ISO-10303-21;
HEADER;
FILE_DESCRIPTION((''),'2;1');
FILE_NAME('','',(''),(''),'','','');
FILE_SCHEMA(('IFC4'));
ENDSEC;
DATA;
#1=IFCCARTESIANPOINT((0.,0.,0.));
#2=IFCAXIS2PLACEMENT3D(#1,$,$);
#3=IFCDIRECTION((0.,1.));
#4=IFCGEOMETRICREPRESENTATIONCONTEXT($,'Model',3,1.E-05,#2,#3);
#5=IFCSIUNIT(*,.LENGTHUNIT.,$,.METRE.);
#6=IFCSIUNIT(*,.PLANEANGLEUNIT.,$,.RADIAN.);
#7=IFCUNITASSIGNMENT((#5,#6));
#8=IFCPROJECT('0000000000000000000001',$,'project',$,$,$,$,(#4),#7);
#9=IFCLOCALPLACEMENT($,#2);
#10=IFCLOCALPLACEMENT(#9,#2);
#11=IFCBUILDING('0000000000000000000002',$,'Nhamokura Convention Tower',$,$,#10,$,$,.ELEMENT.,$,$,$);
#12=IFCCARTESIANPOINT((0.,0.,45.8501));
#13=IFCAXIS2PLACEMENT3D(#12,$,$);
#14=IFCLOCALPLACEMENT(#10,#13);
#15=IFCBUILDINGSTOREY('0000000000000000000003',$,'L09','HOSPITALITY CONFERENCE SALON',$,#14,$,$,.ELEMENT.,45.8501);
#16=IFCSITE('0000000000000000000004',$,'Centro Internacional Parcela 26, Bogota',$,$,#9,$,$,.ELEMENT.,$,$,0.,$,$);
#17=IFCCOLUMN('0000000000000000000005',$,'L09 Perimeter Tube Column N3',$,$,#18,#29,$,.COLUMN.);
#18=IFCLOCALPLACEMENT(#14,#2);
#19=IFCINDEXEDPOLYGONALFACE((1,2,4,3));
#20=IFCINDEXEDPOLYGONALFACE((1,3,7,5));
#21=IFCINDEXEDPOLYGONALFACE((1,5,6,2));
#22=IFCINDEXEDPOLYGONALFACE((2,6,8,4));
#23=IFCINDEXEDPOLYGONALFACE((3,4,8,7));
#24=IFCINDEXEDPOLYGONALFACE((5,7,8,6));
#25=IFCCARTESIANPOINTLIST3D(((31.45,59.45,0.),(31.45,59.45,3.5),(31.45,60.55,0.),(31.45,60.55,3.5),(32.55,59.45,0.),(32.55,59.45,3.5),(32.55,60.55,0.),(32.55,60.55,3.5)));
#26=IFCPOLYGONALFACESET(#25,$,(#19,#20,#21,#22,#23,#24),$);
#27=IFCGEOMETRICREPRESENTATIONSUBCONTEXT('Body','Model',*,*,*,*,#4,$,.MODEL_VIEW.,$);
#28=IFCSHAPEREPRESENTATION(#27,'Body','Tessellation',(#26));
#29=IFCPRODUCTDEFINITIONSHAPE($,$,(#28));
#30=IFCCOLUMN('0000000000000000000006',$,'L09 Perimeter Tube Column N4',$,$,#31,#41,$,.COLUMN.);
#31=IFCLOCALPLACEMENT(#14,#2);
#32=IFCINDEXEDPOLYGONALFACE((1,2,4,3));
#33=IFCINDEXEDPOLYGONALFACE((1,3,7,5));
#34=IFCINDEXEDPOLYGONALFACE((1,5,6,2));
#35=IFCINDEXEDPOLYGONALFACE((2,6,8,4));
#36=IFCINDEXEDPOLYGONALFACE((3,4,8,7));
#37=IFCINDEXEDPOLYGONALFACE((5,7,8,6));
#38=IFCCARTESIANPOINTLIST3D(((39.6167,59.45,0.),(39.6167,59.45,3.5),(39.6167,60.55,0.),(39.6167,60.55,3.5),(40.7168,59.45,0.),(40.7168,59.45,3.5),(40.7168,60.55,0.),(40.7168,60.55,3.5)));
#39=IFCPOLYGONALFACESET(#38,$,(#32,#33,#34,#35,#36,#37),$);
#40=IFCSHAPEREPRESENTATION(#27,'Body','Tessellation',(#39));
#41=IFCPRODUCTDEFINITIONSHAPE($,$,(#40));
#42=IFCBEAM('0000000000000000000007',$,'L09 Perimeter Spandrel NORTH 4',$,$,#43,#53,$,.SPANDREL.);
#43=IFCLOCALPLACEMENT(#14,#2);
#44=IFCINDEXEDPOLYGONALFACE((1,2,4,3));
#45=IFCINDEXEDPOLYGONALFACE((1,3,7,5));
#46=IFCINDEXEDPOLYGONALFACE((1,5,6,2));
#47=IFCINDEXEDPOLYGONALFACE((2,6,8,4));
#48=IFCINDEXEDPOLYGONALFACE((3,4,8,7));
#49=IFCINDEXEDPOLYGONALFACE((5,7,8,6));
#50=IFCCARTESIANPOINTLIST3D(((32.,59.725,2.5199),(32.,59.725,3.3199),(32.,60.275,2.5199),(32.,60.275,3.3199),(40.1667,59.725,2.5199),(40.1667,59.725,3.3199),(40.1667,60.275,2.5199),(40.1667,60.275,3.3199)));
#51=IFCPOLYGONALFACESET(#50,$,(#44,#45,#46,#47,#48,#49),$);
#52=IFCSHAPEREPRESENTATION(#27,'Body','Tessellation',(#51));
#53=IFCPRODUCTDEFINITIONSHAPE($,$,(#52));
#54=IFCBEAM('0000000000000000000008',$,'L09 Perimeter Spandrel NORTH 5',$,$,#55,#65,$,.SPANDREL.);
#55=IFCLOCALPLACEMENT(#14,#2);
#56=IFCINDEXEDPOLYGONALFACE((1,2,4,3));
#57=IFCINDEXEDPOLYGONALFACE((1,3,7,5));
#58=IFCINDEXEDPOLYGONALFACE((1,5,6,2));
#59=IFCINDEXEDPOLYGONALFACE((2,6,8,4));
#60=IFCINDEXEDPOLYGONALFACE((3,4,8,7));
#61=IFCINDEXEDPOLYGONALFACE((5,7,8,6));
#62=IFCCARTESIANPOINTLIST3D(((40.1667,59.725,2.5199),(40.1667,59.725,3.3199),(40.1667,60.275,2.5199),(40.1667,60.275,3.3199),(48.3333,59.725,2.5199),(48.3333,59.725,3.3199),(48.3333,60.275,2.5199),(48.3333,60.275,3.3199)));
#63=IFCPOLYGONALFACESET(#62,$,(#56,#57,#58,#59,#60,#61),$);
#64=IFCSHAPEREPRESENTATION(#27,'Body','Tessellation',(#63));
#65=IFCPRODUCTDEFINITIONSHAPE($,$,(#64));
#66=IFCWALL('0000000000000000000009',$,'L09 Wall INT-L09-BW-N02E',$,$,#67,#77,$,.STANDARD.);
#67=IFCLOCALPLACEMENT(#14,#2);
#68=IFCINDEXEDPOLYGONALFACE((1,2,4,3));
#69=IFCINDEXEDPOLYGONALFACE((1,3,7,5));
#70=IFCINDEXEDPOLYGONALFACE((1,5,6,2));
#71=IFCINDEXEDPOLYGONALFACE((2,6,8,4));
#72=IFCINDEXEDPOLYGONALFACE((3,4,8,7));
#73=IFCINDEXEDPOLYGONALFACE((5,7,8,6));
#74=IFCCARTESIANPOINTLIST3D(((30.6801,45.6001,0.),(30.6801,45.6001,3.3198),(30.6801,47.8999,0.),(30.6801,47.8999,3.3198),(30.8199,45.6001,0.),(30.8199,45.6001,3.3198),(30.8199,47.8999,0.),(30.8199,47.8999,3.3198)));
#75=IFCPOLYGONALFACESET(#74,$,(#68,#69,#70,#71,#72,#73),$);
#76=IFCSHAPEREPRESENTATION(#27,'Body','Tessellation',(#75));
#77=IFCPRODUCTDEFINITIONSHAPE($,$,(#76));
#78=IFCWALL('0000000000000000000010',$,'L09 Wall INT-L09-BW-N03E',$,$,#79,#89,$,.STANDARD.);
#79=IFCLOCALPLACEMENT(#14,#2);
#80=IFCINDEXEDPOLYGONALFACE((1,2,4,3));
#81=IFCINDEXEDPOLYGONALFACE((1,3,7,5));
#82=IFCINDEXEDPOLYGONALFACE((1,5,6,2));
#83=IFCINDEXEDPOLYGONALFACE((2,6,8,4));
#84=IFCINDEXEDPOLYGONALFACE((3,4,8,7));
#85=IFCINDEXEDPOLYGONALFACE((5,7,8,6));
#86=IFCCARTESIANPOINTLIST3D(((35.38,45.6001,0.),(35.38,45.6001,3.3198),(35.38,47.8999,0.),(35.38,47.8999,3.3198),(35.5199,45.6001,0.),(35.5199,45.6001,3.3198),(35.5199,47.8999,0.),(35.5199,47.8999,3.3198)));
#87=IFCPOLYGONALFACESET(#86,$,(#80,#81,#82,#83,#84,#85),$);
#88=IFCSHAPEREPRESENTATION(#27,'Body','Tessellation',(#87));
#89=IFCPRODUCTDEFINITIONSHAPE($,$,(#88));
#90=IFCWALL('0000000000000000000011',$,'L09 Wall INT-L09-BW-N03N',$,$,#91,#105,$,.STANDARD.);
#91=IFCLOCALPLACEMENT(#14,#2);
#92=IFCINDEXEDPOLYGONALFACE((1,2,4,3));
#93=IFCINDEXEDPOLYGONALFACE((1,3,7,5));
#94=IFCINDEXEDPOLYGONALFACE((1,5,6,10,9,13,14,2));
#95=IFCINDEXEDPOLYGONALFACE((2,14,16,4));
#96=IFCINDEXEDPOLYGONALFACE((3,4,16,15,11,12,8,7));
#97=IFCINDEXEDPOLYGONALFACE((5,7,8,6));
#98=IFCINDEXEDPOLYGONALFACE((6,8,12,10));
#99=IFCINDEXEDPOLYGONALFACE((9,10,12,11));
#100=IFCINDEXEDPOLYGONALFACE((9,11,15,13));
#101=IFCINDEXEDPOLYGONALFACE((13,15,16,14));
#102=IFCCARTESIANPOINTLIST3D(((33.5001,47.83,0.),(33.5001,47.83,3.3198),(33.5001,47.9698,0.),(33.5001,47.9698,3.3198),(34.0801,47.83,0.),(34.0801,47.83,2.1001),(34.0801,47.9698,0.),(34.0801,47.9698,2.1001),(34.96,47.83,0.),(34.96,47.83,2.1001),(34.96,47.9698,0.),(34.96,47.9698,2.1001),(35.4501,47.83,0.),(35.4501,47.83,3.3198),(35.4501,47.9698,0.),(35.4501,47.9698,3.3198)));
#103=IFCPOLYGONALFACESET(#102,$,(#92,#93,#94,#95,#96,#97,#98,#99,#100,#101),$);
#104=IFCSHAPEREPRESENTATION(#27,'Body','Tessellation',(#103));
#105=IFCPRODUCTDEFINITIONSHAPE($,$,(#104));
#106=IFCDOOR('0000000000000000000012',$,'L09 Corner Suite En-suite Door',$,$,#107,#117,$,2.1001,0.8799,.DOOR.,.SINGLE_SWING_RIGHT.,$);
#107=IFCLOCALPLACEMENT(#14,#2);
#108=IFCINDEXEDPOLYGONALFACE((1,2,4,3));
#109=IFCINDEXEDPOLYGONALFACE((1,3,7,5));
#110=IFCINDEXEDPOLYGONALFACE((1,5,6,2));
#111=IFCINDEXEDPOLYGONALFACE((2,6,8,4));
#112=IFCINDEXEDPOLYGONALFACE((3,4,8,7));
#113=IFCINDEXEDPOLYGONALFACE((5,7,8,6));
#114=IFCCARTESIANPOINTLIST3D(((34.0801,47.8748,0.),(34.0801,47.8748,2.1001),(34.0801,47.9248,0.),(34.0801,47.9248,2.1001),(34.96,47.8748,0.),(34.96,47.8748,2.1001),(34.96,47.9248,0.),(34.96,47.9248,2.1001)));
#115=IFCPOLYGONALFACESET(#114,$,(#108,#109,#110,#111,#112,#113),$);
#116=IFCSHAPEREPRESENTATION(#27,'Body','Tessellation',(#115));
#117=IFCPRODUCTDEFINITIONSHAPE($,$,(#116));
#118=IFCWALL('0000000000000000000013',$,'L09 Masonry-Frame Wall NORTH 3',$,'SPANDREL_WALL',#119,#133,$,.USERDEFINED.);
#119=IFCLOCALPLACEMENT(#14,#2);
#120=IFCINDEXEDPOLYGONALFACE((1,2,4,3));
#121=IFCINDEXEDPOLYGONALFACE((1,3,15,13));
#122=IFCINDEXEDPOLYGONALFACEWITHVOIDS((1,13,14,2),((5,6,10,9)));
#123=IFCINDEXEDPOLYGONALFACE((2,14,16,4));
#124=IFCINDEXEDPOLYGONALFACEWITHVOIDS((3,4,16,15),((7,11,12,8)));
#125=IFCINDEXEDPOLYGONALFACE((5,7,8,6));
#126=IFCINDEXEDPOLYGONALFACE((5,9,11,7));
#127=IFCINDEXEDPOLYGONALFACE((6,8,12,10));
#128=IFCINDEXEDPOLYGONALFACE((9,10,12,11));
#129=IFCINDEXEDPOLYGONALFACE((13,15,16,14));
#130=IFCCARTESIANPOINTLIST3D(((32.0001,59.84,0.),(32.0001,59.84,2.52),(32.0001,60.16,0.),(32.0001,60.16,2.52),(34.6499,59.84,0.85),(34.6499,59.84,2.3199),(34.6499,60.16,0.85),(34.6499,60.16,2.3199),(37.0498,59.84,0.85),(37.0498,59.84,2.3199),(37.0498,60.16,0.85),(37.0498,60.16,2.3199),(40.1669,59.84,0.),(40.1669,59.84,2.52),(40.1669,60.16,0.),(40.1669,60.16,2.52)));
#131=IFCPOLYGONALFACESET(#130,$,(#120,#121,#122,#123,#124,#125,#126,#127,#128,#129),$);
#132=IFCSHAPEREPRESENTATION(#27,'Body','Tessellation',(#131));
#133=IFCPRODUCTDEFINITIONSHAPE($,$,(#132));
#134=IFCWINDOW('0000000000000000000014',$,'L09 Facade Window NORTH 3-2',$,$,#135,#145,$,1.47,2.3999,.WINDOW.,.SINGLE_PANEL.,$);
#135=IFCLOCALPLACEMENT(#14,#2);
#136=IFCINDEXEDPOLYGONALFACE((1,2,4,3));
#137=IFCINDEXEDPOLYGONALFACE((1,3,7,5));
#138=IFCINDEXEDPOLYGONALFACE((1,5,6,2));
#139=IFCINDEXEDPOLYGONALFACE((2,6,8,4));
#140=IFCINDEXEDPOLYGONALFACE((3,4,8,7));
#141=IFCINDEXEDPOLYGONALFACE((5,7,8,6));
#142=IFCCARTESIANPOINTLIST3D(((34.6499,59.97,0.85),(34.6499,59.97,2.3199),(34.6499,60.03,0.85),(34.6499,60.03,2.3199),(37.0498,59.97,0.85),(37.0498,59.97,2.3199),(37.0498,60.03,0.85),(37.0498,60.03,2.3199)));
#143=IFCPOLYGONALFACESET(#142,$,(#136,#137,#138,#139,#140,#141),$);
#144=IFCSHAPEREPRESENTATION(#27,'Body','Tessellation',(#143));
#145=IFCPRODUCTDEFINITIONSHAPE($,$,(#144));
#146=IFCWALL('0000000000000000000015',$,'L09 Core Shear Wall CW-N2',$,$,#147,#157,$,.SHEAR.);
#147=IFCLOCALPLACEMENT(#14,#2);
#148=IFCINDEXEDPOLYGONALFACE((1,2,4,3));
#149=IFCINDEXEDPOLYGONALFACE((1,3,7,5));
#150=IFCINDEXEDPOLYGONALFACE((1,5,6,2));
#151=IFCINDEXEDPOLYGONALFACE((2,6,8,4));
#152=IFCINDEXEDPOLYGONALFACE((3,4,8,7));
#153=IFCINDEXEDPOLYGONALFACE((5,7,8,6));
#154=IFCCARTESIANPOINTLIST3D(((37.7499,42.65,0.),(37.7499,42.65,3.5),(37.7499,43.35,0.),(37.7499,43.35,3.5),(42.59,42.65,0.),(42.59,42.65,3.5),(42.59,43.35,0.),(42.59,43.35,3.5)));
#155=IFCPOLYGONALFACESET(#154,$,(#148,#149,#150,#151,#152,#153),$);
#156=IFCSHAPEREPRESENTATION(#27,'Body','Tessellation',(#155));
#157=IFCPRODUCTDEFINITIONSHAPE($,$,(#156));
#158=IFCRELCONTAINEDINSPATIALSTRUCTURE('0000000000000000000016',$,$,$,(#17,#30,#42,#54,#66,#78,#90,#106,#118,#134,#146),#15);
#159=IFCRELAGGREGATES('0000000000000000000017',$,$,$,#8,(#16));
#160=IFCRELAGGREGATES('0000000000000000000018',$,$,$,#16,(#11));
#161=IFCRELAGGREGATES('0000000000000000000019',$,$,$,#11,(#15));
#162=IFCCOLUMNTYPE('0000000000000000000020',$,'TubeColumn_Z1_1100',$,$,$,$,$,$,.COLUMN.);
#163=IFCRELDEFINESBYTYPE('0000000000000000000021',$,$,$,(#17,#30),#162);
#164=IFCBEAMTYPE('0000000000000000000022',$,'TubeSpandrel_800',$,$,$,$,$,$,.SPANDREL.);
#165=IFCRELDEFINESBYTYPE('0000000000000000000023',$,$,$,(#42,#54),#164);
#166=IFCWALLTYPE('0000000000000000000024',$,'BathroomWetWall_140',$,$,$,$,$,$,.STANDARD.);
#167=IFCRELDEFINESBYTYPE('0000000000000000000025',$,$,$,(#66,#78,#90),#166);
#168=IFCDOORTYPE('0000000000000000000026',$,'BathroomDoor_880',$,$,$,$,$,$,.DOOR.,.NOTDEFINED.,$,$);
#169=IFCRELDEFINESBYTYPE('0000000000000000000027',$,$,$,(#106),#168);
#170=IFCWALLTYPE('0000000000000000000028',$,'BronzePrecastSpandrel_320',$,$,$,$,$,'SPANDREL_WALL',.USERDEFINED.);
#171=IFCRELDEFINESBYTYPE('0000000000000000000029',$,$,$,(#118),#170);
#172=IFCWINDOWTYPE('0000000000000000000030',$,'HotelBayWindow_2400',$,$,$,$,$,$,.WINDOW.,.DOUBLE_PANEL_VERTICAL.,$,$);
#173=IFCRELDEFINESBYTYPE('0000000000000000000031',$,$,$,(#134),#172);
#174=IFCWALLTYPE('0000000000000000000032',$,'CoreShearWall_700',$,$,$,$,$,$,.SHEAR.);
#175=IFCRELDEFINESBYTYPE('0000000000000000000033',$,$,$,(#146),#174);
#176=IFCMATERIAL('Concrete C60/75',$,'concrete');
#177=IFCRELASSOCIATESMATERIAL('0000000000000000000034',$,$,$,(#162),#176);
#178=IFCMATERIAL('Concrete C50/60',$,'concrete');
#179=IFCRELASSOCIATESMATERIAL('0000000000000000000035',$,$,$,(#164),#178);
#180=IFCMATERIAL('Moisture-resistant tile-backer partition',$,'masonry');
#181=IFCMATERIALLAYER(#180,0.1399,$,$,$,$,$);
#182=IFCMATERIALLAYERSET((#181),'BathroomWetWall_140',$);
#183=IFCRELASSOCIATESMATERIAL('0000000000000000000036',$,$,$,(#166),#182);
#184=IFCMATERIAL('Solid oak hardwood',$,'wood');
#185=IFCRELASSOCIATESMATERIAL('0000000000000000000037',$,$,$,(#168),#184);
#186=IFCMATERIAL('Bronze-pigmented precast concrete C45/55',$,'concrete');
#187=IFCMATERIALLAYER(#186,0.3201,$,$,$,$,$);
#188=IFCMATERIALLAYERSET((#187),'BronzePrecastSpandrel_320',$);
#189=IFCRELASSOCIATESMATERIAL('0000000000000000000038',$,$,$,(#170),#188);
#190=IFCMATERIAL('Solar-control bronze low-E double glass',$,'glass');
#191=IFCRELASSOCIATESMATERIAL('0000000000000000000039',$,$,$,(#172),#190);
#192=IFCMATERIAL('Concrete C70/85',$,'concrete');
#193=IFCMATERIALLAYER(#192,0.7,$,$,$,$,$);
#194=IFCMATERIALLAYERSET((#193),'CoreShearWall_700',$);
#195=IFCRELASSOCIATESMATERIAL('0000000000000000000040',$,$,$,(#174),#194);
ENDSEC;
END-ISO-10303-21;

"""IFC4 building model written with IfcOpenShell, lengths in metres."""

from ifc_helpers import new_model, si_unit, direction, frame, frame_2d, origin, origin_2d, place, context, subcontext, project, spatial, rectangle, extrude, material, layer, layer_set, material_profile, profile_set, type_object, element, fill, save


model = new_model("IFC4")

# Units and contexts
model_context = context("Model", 3, precision=1e-05, world=origin(), true_north=direction((0.0, 1.0)))
body_context = subcontext(model_context, "Body", "Model", "MODEL_VIEW")
ifc_project = project(units=[si_unit("LENGTHUNIT", "METRE"), si_unit("PLANEANGLEUNIT", "RADIAN")], contexts=[model_context])

# Site, building, storey
site_placement = place(None, origin())
site = spatial("IfcSite", under=ifc_project, at=site_placement, Name="Centro Internacional Parcela 26, Bogota", CompositionType="ELEMENT", RefElevation=0.0)
building_placement = place(site_placement, origin())
building = spatial("IfcBuilding", under=site, at=building_placement, Name="Nhamokura Convention Tower", CompositionType="ELEMENT")
storey_placement = place(building_placement, frame((0.0, 0.0, 45.8501)))
storey = spatial("IfcBuildingStorey", under=building, at=storey_placement, Name="L09", Description="HOSPITALITY CONFERENCE SALON", CompositionType="ELEMENT", Elevation=45.8501)

# Columns
ifc_material_1 = material(Name="Concrete C60/75", Category="concrete")
ifc_material_profile_1 = material_profile(ifc_material_1, rectangle(XDim=1.1001, YDim=1.1001, at=origin_2d()))
ifc_profile_set_1 = profile_set([ifc_material_profile_1], Name="Concrete C60/75")
column_type = type_object("IfcColumnType", Name="TubeColumn_Z1_1100", PredefinedType="COLUMN", material=ifc_profile_set_1)
for number, where, z_axis, x_axis, name in (
    (1, (32.0, 60.0, 0.0), (0.0, 0.0, 1.0), (1.0, 0.0, 0.0), "L09 Perimeter Tube Column N3"),
    (2, (40.1667, 60.0, 0.0), (0.0, 0.0, 1.0), (1.0, 0.0, 0.0), "L09 Perimeter Tube Column N4"),
):
    element("IfcColumn", number, at=place(storey_placement, frame(where, z_axis=z_axis, x_axis=x_axis)), inside=storey, type_object=column_type, Name=name, PredefinedType="COLUMN", context=body_context, shape_type="SweptSolid", body=[
        extrude(rectangle(XDim=1.1001, YDim=1.1001, at=origin_2d()), origin(), (0.0, 0.0, 1.0), 3.5),
    ])

# Beams
ifc_material_2 = material(Name="Concrete C50/60", Category="concrete")
ifc_material_profile_2 = material_profile(ifc_material_2, rectangle(XDim=0.55, YDim=0.8, at=origin_2d()))
ifc_profile_set_2 = profile_set([ifc_material_profile_2], Name="Concrete C50/60")
beam_type = type_object("IfcBeamType", Name="TubeSpandrel_800", PredefinedType="SPANDREL", material=ifc_profile_set_2)
beam_1_placement = place(storey_placement, frame((32.0, 60.0, 2.9199), z_axis=(1.0, 0.0, 0.0), x_axis=(0.0, 1.0, 0.0)))
element("IfcBeam", 3, at=beam_1_placement, inside=storey, type_object=beam_type, Name="L09 Perimeter Spandrel NORTH 4", PredefinedType="SPANDREL", context=body_context, shape_type="SweptSolid", body=[
    extrude(rectangle(XDim=0.55, YDim=0.8, at=origin_2d()), origin(), (0.0, 0.0, 1.0), 8.1667),
])
beam_2_placement = place(storey_placement, frame((40.1667, 60.0, 2.9199), z_axis=(1.0, 0.0, 0.0), x_axis=(0.0, 1.0, 0.0)))
element("IfcBeam", 4, at=beam_2_placement, inside=storey, type_object=beam_type, Name="L09 Perimeter Spandrel NORTH 5", PredefinedType="SPANDREL", context=body_context, shape_type="SweptSolid", body=[
    extrude(rectangle(XDim=0.55, YDim=0.8, at=origin_2d()), origin(), (0.0, 0.0, 1.0), 8.1665),
])

# Walls
ifc_material_3 = material(Name="Moisture-resistant tile-backer partition", Category="masonry")
ifc_layer_1 = layer(ifc_material_3, 0.1399)
ifc_layer_set_1 = layer_set([ifc_layer_1], Name="BathroomWetWall_140")
wall_type_1 = type_object("IfcWallType", Name="BathroomWetWall_140", PredefinedType="STANDARD", material=ifc_layer_set_1)
for number, where, z_axis, x_axis, name in (
    (5, (30.75, 45.6001, 0.0), (0.0, 0.0, 1.0), (0.0, 1.0, 0.0), "L09 Wall INT-L09-BW-N02E"),
    (6, (35.45, 45.6001, 0.0), (0.0, 0.0, 1.0), (0.0, 1.0, 0.0), "L09 Wall INT-L09-BW-N03E"),
):
    element("IfcWall", number, at=place(storey_placement, frame(where, z_axis=z_axis, x_axis=x_axis)), inside=storey, type_object=wall_type_1, Name=name, PredefinedType="STANDARD", context=body_context, shape_type="SweptSolid", body=[
        extrude(rectangle(XDim=2.2998, YDim=0.1399, at=frame_2d((1.1499, 0.0))), origin(), (0.0, 0.0, 1.0), 3.3198),
    ])

# Wall, opening, door
wall_1_placement = place(storey_placement, frame((33.5, 47.8999, 0.0), z_axis=(0.0, 0.0, 1.0), x_axis=(1.0, 0.0, 0.0)))
wall_1 = element("IfcWall", 7, at=wall_1_placement, inside=storey, type_object=wall_type_1, Name="L09 Wall INT-L09-BW-N03N", PredefinedType="STANDARD", context=body_context, shape_type="SweptSolid", body=[
    extrude(rectangle(XDim=1.95, YDim=0.1399, at=frame_2d((0.9751, 0.0))), origin(), (0.0, 0.0, 1.0), 3.3198),
])
opening_1_placement = place(wall_1_placement, frame((0.5801, 0.0, 0.0)))
opening_1 = element("IfcOpeningElement", 8, at=opening_1_placement, cuts=wall_1, PredefinedType="OPENING", context=body_context, shape_type="SweptSolid", body=[
    extrude(rectangle(XDim=0.8799, YDim=2.1001, at=frame_2d((0.4399, 1.05))), frame((0.0, 0.0798, 0.0), z_axis=(0.0, -1.0, 0.0), x_axis=(1.0, 0.0, 0.0)), (0.0, 0.0, 1.0), 0.1599),
])
ifc_material_4 = material(Name="Solid oak hardwood", Category="wood")
door_type_1 = type_object("IfcDoorType", Name="BathroomDoor_880", OperationType="NOTDEFINED", PredefinedType="DOOR", material=ifc_material_4)
door_1_placement = place(opening_1_placement, origin())
door_1 = element("IfcDoor", 9, at=door_1_placement, inside=storey, type_object=door_type_1, Name="L09 Corner Suite En-suite Door", OperationType="SINGLE_SWING_RIGHT", OverallHeight=2.1001, OverallWidth=0.8799, PredefinedType="DOOR", context=body_context, shape_type="SweptSolid", body=[
    extrude(rectangle(XDim=0.8799, YDim=2.1001, at=frame_2d((0.4399, 1.05))), frame((0.0, 0.0249, 0.0), z_axis=(0.0, -1.0, 0.0), x_axis=(1.0, 0.0, 0.0)), (0.0, 0.0, 1.0), 0.05),
])
fill(opening_1, door_1)

# Wall, opening, window
ifc_material_5 = material(Name="Bronze-pigmented precast concrete C45/55", Category="concrete")
ifc_layer_2 = layer(ifc_material_5, 0.3201)
ifc_layer_set_2 = layer_set([ifc_layer_2], Name="BronzePrecastSpandrel_320")
wall_type_2 = type_object("IfcWallType", Name="BronzePrecastSpandrel_320", ElementType="SPANDREL_WALL", PredefinedType="USERDEFINED", material=ifc_layer_set_2)
wall_2_placement = place(storey_placement, frame((32.0, 60.0, 0.0), z_axis=(0.0, 0.0, 1.0), x_axis=(1.0, 0.0, 0.0)))
wall_2 = element("IfcWall", 10, at=wall_2_placement, inside=storey, type_object=wall_type_2, Name="L09 Masonry-Frame Wall NORTH 3", ObjectType="SPANDREL_WALL", PredefinedType="USERDEFINED", context=body_context, shape_type="SweptSolid", body=[
    extrude(rectangle(XDim=8.1667, YDim=0.3201, at=frame_2d((4.0835, 0.0))), origin(), (0.0, 0.0, 1.0), 2.52),
])
opening_2_placement = place(wall_2_placement, frame((2.6499, 0.0, 0.8501)))
opening_2 = element("IfcOpeningElement", 11, at=opening_2_placement, cuts=wall_2, PredefinedType="OPENING", context=body_context, shape_type="SweptSolid", body=[
    extrude(rectangle(XDim=2.3999, YDim=1.47, at=frame_2d((1.2, 0.7349))), frame((0.0, 0.1699, 0.0), z_axis=(0.0, -1.0, 0.0), x_axis=(1.0, 0.0, 0.0)), (0.0, 0.0, 1.0), 0.3401),
])
ifc_material_6 = material(Name="Solar-control bronze low-E double glass", Category="glass")
window_type = type_object("IfcWindowType", Name="HotelBayWindow_2400", PartitioningType="DOUBLE_PANEL_VERTICAL", PredefinedType="WINDOW", material=ifc_material_6)
window_placement = place(opening_2_placement, origin())
window = element("IfcWindow", 12, at=window_placement, inside=storey, type_object=window_type, Name="L09 Facade Window NORTH 3-2", OverallHeight=1.47, OverallWidth=2.3999, PartitioningType="SINGLE_PANEL", PredefinedType="WINDOW", context=body_context, shape_type="SweptSolid", body=[
    extrude(rectangle(XDim=2.3999, YDim=1.47, at=frame_2d((1.2, 0.7349))), frame((0.0, 0.03, 0.0), z_axis=(0.0, -1.0, 0.0), x_axis=(1.0, 0.0, 0.0)), (0.0, 0.0, 1.0), 0.0601),
])
fill(opening_2, window)

# Wall
ifc_material_7 = material(Name="Concrete C70/85", Category="concrete")
ifc_layer_3 = layer(ifc_material_7, 0.7)
ifc_layer_set_3 = layer_set([ifc_layer_3], Name="CoreShearWall_700")
wall_type_3 = type_object("IfcWallType", Name="CoreShearWall_700", PredefinedType="SHEAR", material=ifc_layer_set_3)
wall_3_placement = place(storey_placement, frame((37.75, 43.0, 0.0), z_axis=(0.0, 0.0, 1.0), x_axis=(1.0, 0.0, 0.0)))
element("IfcWall", 13, at=wall_3_placement, inside=storey, type_object=wall_type_3, Name="L09 Core Shear Wall CW-N2", PredefinedType="SHEAR", context=body_context, shape_type="SweptSolid", body=[
    extrude(rectangle(XDim=4.8401, YDim=0.7, at=frame_2d((2.4199, 0.0))), origin(), (0.0, 0.0, 1.0), 3.5),
])

save(model, "model.ifc")
